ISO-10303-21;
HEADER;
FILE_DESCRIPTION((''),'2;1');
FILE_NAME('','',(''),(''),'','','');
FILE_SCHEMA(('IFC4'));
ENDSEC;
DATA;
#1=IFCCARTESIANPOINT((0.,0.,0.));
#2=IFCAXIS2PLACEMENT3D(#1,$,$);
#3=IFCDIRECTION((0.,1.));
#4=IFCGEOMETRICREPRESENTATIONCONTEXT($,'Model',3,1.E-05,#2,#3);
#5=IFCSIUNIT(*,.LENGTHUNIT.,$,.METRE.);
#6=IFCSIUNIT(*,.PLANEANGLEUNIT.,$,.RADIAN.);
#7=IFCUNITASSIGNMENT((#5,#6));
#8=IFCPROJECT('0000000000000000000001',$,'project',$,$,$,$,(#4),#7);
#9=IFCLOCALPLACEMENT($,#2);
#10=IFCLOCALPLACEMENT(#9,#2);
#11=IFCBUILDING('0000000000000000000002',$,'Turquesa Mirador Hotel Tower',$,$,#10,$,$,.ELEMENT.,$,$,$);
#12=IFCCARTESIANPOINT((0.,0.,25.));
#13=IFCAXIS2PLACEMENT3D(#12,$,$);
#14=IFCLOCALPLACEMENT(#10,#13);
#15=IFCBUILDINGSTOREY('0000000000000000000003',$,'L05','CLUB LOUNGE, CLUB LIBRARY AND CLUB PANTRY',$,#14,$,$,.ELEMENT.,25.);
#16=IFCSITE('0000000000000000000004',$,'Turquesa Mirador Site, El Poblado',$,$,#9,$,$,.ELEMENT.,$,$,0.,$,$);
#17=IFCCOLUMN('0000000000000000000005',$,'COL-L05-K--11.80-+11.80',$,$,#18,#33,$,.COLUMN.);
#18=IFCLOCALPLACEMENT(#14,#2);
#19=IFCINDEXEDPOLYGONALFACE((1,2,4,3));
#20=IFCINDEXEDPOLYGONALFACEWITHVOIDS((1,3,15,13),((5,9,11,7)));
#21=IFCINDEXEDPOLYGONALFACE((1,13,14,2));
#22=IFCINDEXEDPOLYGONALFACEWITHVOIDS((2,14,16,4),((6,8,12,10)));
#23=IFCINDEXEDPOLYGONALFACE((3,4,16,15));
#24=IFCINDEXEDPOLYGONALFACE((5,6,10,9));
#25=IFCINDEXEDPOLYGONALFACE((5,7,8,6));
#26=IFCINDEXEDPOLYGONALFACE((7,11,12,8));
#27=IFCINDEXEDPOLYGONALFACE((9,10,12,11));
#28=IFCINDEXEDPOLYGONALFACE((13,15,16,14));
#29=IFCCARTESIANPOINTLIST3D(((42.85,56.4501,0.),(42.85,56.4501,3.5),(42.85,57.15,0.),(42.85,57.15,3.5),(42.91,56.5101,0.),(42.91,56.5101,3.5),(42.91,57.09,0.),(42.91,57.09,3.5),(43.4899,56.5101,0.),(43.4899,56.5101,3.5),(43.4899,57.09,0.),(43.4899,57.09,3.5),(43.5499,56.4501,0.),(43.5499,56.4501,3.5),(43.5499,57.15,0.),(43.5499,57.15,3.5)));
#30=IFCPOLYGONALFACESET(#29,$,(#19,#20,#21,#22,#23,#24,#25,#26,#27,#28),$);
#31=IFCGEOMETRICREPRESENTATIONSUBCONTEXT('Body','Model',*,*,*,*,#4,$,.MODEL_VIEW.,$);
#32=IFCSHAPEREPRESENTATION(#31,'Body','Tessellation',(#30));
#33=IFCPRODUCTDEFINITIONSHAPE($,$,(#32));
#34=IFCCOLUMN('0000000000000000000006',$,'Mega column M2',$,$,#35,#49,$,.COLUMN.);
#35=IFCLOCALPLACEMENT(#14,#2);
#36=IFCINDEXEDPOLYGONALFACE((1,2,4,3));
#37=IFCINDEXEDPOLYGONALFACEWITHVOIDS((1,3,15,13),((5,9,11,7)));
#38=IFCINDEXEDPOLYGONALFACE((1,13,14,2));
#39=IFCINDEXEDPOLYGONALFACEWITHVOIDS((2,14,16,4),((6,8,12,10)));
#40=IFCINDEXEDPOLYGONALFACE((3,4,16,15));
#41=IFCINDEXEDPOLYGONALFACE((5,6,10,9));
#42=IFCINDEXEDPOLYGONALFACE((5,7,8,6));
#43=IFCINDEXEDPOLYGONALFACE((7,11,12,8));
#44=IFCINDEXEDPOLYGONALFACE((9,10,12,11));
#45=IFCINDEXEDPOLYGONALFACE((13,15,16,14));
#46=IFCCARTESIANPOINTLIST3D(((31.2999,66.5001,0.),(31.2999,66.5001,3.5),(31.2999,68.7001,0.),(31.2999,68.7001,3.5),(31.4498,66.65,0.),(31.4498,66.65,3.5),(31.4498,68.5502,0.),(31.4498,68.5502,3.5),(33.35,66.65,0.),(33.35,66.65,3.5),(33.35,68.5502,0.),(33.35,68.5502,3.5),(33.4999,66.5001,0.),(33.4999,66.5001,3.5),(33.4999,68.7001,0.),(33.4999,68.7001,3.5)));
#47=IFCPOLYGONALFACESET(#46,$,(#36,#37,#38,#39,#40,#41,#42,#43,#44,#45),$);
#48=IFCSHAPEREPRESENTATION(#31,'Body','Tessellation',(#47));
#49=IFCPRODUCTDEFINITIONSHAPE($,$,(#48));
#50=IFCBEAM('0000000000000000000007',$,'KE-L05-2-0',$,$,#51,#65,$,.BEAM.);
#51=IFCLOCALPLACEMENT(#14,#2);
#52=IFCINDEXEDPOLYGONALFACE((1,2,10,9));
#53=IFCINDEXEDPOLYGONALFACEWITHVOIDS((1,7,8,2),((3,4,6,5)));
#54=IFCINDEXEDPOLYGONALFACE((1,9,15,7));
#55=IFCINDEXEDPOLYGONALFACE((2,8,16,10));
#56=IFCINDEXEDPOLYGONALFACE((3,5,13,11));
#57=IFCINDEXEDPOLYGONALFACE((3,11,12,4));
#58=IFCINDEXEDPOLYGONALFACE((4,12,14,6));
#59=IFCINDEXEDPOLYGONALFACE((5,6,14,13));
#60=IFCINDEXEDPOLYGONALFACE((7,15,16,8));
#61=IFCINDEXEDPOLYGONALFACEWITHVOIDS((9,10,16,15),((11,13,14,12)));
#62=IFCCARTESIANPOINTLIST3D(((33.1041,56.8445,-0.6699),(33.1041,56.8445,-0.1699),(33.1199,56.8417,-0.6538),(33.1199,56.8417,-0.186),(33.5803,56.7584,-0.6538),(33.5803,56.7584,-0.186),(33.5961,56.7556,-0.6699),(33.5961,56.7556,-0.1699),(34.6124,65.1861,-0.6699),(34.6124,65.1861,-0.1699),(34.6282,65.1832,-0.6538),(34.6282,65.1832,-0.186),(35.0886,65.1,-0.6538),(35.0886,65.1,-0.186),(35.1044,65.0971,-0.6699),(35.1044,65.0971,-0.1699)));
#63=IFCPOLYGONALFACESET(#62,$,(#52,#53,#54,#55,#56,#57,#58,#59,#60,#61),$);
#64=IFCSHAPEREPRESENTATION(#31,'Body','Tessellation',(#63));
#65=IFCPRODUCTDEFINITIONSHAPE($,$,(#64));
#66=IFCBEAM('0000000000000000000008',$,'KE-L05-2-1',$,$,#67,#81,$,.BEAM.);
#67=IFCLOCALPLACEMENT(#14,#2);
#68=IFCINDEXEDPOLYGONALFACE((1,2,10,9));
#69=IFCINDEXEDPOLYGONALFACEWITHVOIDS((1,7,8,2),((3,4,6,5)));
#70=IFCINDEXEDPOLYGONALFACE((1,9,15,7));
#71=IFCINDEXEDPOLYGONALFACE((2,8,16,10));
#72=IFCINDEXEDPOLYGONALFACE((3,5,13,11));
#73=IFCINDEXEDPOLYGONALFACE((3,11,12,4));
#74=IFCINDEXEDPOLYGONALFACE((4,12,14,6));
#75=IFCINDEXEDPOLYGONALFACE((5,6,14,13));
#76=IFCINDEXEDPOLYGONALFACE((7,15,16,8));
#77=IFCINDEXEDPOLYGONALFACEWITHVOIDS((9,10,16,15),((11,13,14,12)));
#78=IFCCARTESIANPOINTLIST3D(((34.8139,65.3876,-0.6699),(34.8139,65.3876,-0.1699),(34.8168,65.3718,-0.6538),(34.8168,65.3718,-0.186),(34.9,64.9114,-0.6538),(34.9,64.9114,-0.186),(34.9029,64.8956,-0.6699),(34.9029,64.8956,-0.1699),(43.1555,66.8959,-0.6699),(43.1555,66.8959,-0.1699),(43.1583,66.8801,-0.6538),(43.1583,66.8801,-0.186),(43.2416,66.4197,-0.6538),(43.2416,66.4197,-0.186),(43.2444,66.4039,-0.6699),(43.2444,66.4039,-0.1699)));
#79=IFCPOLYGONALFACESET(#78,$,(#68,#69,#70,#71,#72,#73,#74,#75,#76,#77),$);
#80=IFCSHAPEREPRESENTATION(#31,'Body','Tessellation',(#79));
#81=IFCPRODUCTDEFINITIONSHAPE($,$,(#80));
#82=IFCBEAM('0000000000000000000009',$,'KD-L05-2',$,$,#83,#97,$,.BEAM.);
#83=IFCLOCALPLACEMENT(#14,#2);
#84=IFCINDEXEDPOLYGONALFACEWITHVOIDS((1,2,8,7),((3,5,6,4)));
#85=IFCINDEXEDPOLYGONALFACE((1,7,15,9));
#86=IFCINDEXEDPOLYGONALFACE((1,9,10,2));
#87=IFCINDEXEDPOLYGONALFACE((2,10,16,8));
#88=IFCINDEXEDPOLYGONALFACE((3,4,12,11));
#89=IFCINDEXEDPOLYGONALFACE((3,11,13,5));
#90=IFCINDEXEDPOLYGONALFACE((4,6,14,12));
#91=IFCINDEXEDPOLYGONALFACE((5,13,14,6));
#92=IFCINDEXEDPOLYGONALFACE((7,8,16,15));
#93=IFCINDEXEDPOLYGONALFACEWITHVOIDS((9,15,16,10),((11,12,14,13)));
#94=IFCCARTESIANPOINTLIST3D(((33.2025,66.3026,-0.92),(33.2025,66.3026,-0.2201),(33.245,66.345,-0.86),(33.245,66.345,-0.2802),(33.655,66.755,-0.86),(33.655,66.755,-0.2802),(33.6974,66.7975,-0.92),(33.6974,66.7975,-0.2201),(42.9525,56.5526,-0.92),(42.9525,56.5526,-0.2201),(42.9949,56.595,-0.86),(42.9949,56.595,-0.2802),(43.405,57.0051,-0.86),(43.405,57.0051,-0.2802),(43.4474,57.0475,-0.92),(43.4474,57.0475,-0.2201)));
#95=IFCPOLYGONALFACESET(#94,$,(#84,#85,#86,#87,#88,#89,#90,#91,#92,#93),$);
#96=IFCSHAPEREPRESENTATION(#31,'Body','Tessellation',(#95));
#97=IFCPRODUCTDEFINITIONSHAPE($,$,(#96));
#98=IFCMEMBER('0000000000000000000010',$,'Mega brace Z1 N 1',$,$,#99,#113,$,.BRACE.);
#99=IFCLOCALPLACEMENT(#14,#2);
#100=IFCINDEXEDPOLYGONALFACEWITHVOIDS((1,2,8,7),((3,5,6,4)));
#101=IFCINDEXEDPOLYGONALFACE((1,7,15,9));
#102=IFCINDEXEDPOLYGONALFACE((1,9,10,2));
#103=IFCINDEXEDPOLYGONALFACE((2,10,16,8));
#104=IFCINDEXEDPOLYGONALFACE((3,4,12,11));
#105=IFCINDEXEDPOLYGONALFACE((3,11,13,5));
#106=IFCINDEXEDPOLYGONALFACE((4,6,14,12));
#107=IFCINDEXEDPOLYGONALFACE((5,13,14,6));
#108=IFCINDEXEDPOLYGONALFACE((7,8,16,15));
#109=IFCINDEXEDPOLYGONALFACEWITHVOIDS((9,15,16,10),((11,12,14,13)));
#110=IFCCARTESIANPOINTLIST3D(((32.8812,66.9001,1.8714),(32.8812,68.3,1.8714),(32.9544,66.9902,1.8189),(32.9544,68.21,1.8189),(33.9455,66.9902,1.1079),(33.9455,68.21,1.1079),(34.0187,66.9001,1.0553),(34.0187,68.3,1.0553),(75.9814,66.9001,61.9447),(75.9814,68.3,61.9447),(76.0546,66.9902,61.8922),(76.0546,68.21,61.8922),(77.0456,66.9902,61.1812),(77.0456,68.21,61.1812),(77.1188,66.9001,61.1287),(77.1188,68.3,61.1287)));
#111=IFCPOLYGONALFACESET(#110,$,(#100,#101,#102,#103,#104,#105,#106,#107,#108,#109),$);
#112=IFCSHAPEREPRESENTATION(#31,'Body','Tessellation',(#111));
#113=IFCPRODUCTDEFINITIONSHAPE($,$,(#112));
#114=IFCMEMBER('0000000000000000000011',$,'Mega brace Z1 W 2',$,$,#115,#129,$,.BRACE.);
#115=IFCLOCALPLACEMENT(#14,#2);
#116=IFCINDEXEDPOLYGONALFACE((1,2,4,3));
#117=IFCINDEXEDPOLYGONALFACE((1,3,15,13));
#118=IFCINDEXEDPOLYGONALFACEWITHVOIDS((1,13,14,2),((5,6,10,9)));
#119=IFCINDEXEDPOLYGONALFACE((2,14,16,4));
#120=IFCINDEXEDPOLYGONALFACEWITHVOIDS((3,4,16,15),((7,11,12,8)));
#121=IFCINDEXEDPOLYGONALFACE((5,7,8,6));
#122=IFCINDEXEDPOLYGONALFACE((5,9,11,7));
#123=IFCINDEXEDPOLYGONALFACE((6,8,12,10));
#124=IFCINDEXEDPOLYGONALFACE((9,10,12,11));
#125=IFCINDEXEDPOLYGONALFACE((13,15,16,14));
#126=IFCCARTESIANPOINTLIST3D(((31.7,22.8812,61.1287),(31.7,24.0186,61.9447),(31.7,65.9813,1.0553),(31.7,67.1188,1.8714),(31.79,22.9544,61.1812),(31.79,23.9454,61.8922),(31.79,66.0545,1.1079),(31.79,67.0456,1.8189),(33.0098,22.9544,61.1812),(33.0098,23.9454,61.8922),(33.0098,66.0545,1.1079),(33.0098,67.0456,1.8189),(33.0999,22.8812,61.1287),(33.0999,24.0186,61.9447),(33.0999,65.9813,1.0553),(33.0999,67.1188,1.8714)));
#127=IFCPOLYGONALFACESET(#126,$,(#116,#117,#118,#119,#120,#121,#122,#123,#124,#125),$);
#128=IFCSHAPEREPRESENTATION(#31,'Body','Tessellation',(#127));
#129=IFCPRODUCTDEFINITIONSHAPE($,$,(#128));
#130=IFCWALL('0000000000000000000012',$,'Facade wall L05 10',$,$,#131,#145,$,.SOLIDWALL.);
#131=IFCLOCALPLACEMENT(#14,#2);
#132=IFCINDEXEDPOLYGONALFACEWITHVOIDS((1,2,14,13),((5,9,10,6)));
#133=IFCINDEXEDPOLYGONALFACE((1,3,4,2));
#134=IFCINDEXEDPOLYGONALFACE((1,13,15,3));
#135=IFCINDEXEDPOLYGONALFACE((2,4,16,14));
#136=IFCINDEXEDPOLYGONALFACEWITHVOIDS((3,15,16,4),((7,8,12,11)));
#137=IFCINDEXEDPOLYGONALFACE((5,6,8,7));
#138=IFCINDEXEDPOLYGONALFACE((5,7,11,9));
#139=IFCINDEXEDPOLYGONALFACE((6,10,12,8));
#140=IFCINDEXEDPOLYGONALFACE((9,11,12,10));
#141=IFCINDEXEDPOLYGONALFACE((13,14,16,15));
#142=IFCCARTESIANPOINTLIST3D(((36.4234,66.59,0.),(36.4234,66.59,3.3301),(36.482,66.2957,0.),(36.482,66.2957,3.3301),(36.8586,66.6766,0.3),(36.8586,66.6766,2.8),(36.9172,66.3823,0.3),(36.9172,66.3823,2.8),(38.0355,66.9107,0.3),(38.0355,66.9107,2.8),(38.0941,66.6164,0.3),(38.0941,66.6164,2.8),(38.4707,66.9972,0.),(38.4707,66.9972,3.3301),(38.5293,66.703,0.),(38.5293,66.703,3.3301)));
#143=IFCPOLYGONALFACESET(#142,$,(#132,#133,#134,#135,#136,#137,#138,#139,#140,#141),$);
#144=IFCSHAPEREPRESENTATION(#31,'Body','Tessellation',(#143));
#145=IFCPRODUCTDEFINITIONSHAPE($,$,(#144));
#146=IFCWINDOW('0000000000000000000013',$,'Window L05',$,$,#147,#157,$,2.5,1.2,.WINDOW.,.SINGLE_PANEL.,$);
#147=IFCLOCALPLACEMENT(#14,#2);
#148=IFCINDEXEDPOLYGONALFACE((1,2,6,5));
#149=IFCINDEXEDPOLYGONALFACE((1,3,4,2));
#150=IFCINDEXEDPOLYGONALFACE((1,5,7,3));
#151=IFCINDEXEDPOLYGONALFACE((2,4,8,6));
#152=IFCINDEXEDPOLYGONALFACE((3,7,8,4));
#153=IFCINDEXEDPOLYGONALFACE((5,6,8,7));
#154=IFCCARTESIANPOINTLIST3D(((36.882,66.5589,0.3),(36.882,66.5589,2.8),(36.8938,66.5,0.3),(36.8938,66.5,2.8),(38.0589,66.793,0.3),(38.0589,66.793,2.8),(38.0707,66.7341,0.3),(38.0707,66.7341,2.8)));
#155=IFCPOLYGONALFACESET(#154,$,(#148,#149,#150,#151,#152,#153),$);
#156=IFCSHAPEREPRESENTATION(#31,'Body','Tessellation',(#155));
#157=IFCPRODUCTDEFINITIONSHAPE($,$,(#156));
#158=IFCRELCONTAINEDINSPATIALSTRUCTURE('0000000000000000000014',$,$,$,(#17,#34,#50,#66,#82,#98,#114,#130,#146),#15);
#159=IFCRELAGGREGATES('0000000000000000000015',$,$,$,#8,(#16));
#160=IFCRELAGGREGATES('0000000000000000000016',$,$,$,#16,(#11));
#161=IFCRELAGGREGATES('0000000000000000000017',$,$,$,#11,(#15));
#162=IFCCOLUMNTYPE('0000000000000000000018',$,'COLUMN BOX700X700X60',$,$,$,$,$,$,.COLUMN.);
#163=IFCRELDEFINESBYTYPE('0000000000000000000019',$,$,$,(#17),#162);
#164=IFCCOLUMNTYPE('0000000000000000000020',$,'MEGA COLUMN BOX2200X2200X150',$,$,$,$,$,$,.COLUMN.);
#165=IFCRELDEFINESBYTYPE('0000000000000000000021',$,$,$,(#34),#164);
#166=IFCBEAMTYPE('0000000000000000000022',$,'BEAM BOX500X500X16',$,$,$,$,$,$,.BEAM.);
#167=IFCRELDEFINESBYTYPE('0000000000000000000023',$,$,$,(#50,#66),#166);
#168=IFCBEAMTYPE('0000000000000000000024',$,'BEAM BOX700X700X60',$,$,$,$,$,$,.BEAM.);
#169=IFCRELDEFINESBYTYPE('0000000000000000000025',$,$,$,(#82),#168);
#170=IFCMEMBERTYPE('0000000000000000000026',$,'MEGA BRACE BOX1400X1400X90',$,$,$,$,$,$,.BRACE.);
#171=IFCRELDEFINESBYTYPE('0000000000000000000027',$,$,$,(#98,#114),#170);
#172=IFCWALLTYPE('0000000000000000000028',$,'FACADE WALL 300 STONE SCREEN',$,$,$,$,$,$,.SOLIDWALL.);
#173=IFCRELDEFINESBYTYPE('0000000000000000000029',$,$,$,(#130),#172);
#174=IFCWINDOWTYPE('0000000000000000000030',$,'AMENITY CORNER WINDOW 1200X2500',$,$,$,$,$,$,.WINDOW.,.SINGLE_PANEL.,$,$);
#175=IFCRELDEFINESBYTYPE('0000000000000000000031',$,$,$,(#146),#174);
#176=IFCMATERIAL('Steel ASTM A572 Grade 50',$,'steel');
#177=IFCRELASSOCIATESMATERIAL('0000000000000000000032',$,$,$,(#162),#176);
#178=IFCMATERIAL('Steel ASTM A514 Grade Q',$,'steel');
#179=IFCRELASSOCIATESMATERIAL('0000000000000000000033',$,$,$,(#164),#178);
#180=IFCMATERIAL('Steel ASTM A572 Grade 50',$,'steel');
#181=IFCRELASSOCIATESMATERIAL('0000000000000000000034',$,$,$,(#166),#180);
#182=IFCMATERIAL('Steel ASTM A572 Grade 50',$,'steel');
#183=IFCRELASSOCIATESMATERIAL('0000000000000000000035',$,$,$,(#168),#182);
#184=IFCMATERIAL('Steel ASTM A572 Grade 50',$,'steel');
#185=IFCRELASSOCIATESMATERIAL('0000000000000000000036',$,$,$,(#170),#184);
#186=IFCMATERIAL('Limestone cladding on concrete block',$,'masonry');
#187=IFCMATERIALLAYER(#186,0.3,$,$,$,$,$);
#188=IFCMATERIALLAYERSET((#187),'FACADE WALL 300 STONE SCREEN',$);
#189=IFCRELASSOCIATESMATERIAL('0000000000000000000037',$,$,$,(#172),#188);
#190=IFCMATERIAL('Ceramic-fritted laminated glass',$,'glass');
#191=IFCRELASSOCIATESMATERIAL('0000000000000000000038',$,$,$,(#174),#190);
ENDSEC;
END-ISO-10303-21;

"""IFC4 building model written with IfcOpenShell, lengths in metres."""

from ifc_helpers import new_model, si_unit, direction, frame, frame_2d, origin, origin_2d, place, context, subcontext, project, spatial, rectangle, hollow_rectangle, extrude, material, layer, layer_set, material_profile, profile_set, type_object, element, fill, save


model = new_model("IFC4")

# Units and contexts
model_context = context("Model", 3, precision=1e-05, world=origin(), true_north=direction((0.0, 1.0)))
body_context = subcontext(model_context, "Body", "Model", "MODEL_VIEW")
ifc_project = project(units=[si_unit("LENGTHUNIT", "METRE"), si_unit("PLANEANGLEUNIT", "RADIAN")], contexts=[model_context])

# Site, building, storey
site_placement = place(None, origin())
site = spatial("IfcSite", under=ifc_project, at=site_placement, Name="Turquesa Mirador Site, El Poblado", CompositionType="ELEMENT", RefElevation=0.0)
building_placement = place(site_placement, origin())
building = spatial("IfcBuilding", under=site, at=building_placement, Name="Turquesa Mirador Hotel Tower", CompositionType="ELEMENT")
storey_placement = place(building_placement, frame((0.0, 0.0, 25.0)))
storey = spatial("IfcBuildingStorey", under=building, at=storey_placement, Name="L05", Description="CLUB LOUNGE, CLUB LIBRARY AND CLUB PANTRY", CompositionType="ELEMENT", Elevation=25.0)

# Columns
ifc_material_1 = material(Name="Steel ASTM A572 Grade 50", Category="steel")
ifc_material_profile_1 = material_profile(ifc_material_1, hollow_rectangle(XDim=0.7, YDim=0.7, WallThickness=0.0601, at=origin_2d()), Name="BOX700X700X60")
ifc_profile_set_1 = profile_set([ifc_material_profile_1], Name="Steel ASTM A572 Grade 50")
column_type_1 = type_object("IfcColumnType", Name="COLUMN BOX700X700X60", PredefinedType="COLUMN", material=ifc_profile_set_1)
column_1_placement = place(storey_placement, frame((43.2, 56.8, 0.0), z_axis=(0.0, 0.0, 1.0), x_axis=(1.0, 0.0, 0.0)))
element("IfcColumn", 1, at=column_1_placement, inside=storey, type_object=column_type_1, Name="COL-L05-K--11.80-+11.80", PredefinedType="COLUMN", context=body_context, shape_type="SweptSolid", body=[
    extrude(hollow_rectangle(XDim=0.7, YDim=0.7, WallThickness=0.0601, at=origin_2d()), origin(), (0.0, 0.0, 1.0), 3.5),
])
ifc_material_2 = material(Name="Steel ASTM A514 Grade Q", Category="steel")
ifc_material_profile_2 = material_profile(ifc_material_2, hollow_rectangle(XDim=2.2, YDim=2.2, WallThickness=0.1499, at=origin_2d()), Name="BOX2200X2200X150")
ifc_profile_set_2 = profile_set([ifc_material_profile_2], Name="Steel ASTM A514 Grade Q")
column_type_2 = type_object("IfcColumnType", Name="MEGA COLUMN BOX2200X2200X150", PredefinedType="COLUMN", material=ifc_profile_set_2)
column_2_placement = place(storey_placement, frame((32.3999, 67.6001, 0.0), z_axis=(0.0, 0.0, 1.0), x_axis=(1.0, 0.0, 0.0)))
element("IfcColumn", 2, at=column_2_placement, inside=storey, type_object=column_type_2, Name="Mega column M2", PredefinedType="COLUMN", context=body_context, shape_type="SweptSolid", body=[
    extrude(hollow_rectangle(XDim=2.2, YDim=2.2, WallThickness=0.1499, at=origin_2d()), origin(), (0.0, 0.0, 1.0), 3.5),
])

# Beams
ifc_material_3 = material(Name="Steel ASTM A572 Grade 50", Category="steel")
ifc_material_profile_3 = material_profile(ifc_material_3, hollow_rectangle(XDim=0.5, YDim=0.5, WallThickness=0.0161, at=origin_2d()), Name="BOX500X500X16")
ifc_profile_set_3 = profile_set([ifc_material_profile_3], Name="Steel ASTM A572 Grade 50")
beam_type_1 = type_object("IfcBeamType", Name="BEAM BOX500X500X16", PredefinedType="BEAM", material=ifc_profile_set_3)
for number, where, z_axis, x_axis, name in (
    (3, (33.3501, 56.8, -0.4199), (0.177932, 0.984043, 0.0), (-0.984043, 0.177932, 0.0), "KE-L05-2-0"),
    (4, (34.8584, 65.1416, -0.4199), (0.984043, 0.177932, 0.0), (-0.177932, 0.984043, 0.0), "KE-L05-2-1"),
):
    element("IfcBeam", number, at=place(storey_placement, frame(where, z_axis=z_axis, x_axis=x_axis)), inside=storey, type_object=beam_type_1, Name=name, PredefinedType="BEAM", context=body_context, shape_type="SweptSolid", body=[
        extrude(hollow_rectangle(XDim=0.5, YDim=0.5, WallThickness=0.0161, at=origin_2d()), origin(), (0.0, 0.0, 1.0), 8.4768),
    ])
ifc_material_4 = material(Name="Steel ASTM A572 Grade 50", Category="steel")
ifc_material_profile_4 = material_profile(ifc_material_4, hollow_rectangle(XDim=0.7, YDim=0.7, WallThickness=0.0601, at=origin_2d()), Name="BOX700X700X60")
ifc_profile_set_4 = profile_set([ifc_material_profile_4], Name="Steel ASTM A572 Grade 50")
beam_type_2 = type_object("IfcBeamType", Name="BEAM BOX700X700X60", PredefinedType="BEAM", material=ifc_profile_set_4)
beam_placement = place(storey_placement, frame((43.2, 56.8, -0.5701), z_axis=(-0.707107, 0.707107, 0.0), x_axis=(-0.707107, -0.707107, 0.0)))
element("IfcBeam", 5, at=beam_placement, inside=storey, type_object=beam_type_2, Name="KD-L05-2", PredefinedType="BEAM", context=body_context, shape_type="SweptSolid", body=[
    extrude(hollow_rectangle(XDim=0.7, YDim=0.7, WallThickness=0.0601, at=origin_2d()), origin(), (0.0, 0.0, 1.0), 13.7886),
])

# Members
ifc_material_5 = material(Name="Steel ASTM A572 Grade 50", Category="steel")
ifc_material_profile_5 = material_profile(ifc_material_5, hollow_rectangle(XDim=1.3999, YDim=1.3999, WallThickness=0.0901, at=origin_2d()), Name="BOX1400X1400X90")
ifc_profile_set_5 = profile_set([ifc_material_profile_5], Name="Steel ASTM A572 Grade 50")
member_type = type_object("IfcMemberType", Name="MEGA BRACE BOX1400X1400X90", PredefinedType="BRACE", material=ifc_profile_set_5)
for number, where, z_axis, x_axis, name in (
    (6, (33.45, 67.6001, 1.4634), (0.582944, 0.0, 0.812512), (0.0, 1.0, 0.0), "Mega brace Z1 N 1"),
    (7, (32.3999, 66.55, 1.4634), (0.0, -0.582944, 0.812512), (1.0, 0.0, 0.0), "Mega brace Z1 W 2"),
):
    element("IfcMember", number, at=place(storey_placement, frame(where, z_axis=z_axis, x_axis=x_axis)), inside=storey, type_object=member_type, Name=name, PredefinedType="BRACE", context=body_context, shape_type="SweptSolid", body=[
        extrude(hollow_rectangle(XDim=1.3999, YDim=1.3999, WallThickness=0.0901, at=origin_2d()), origin(), (0.0, 0.0, 1.0), 73.9353),
    ])

# Wall, opening, window
ifc_material_6 = material(Name="Limestone cladding on concrete block", Category="masonry")
ifc_layer = layer(ifc_material_6, 0.3)
ifc_layer_set = layer_set([ifc_layer], Name="FACADE WALL 300 STONE SCREEN")
wall_type = type_object("IfcWallType", Name="FACADE WALL 300 STONE SCREEN", PredefinedType="SOLIDWALL", material=ifc_layer_set)
wall_1_placement = place(storey_placement, frame((38.5, 66.8501, 0.0), z_axis=(0.0, 0.0, 1.0), x_axis=(-0.980787, -0.195081, 0.0)))
wall_1 = element("IfcWall", 8, at=wall_1_placement, inside=storey, type_object=wall_type, Name="Facade wall L05 10", PredefinedType="SOLIDWALL", context=body_context, shape_type="SweptSolid", body=[
    extrude(rectangle(XDim=2.0874, YDim=0.3, at=frame_2d((1.0437, 0.0))), origin(), (0.0, 0.0, 1.0), 3.3301),
])
opening_1_placement = place(wall_1_placement, frame((0.4436, 0.0, 0.3)))
opening_1 = element("IfcOpeningElement", 9, at=opening_1_placement, cuts=wall_1, PredefinedType="OPENING", context=body_context, shape_type="SweptSolid", body=[
    extrude(rectangle(XDim=1.2, YDim=2.5, at=frame_2d((0.6001, 1.25))), frame((0.0, 0.1599, 0.0), z_axis=(0.0, -1.0, 0.0), x_axis=(1.0, 0.0, 0.0)), (0.0, 0.0, 1.0), 0.3201),
])
ifc_material_7 = material(Name="Ceramic-fritted laminated glass", Category="glass")
window_type_1 = type_object("IfcWindowType", Name="AMENITY CORNER WINDOW 1200X2500", PartitioningType="SINGLE_PANEL", PredefinedType="WINDOW", material=ifc_material_7)
window_1_placement = place(opening_1_placement, origin())
window_1 = element("IfcWindow", 10, at=window_1_placement, inside=storey, type_object=window_type_1, Name="Window L05", OverallHeight=2.5, OverallWidth=1.2, PartitioningType="SINGLE_PANEL", PredefinedType="WINDOW", context=body_context, shape_type="SweptSolid", body=[
    extrude(rectangle(XDim=1.2, YDim=2.5, at=frame_2d((0.6001, 1.25))), frame((0.0, 0.03, 0.0), z_axis=(0.0, -1.0, 0.0), x_axis=(1.0, 0.0, 0.0)), (0.0, 0.0, 1.0), 0.0601),
])
fill(opening_1, window_1)

save(model, "model.ifc")
